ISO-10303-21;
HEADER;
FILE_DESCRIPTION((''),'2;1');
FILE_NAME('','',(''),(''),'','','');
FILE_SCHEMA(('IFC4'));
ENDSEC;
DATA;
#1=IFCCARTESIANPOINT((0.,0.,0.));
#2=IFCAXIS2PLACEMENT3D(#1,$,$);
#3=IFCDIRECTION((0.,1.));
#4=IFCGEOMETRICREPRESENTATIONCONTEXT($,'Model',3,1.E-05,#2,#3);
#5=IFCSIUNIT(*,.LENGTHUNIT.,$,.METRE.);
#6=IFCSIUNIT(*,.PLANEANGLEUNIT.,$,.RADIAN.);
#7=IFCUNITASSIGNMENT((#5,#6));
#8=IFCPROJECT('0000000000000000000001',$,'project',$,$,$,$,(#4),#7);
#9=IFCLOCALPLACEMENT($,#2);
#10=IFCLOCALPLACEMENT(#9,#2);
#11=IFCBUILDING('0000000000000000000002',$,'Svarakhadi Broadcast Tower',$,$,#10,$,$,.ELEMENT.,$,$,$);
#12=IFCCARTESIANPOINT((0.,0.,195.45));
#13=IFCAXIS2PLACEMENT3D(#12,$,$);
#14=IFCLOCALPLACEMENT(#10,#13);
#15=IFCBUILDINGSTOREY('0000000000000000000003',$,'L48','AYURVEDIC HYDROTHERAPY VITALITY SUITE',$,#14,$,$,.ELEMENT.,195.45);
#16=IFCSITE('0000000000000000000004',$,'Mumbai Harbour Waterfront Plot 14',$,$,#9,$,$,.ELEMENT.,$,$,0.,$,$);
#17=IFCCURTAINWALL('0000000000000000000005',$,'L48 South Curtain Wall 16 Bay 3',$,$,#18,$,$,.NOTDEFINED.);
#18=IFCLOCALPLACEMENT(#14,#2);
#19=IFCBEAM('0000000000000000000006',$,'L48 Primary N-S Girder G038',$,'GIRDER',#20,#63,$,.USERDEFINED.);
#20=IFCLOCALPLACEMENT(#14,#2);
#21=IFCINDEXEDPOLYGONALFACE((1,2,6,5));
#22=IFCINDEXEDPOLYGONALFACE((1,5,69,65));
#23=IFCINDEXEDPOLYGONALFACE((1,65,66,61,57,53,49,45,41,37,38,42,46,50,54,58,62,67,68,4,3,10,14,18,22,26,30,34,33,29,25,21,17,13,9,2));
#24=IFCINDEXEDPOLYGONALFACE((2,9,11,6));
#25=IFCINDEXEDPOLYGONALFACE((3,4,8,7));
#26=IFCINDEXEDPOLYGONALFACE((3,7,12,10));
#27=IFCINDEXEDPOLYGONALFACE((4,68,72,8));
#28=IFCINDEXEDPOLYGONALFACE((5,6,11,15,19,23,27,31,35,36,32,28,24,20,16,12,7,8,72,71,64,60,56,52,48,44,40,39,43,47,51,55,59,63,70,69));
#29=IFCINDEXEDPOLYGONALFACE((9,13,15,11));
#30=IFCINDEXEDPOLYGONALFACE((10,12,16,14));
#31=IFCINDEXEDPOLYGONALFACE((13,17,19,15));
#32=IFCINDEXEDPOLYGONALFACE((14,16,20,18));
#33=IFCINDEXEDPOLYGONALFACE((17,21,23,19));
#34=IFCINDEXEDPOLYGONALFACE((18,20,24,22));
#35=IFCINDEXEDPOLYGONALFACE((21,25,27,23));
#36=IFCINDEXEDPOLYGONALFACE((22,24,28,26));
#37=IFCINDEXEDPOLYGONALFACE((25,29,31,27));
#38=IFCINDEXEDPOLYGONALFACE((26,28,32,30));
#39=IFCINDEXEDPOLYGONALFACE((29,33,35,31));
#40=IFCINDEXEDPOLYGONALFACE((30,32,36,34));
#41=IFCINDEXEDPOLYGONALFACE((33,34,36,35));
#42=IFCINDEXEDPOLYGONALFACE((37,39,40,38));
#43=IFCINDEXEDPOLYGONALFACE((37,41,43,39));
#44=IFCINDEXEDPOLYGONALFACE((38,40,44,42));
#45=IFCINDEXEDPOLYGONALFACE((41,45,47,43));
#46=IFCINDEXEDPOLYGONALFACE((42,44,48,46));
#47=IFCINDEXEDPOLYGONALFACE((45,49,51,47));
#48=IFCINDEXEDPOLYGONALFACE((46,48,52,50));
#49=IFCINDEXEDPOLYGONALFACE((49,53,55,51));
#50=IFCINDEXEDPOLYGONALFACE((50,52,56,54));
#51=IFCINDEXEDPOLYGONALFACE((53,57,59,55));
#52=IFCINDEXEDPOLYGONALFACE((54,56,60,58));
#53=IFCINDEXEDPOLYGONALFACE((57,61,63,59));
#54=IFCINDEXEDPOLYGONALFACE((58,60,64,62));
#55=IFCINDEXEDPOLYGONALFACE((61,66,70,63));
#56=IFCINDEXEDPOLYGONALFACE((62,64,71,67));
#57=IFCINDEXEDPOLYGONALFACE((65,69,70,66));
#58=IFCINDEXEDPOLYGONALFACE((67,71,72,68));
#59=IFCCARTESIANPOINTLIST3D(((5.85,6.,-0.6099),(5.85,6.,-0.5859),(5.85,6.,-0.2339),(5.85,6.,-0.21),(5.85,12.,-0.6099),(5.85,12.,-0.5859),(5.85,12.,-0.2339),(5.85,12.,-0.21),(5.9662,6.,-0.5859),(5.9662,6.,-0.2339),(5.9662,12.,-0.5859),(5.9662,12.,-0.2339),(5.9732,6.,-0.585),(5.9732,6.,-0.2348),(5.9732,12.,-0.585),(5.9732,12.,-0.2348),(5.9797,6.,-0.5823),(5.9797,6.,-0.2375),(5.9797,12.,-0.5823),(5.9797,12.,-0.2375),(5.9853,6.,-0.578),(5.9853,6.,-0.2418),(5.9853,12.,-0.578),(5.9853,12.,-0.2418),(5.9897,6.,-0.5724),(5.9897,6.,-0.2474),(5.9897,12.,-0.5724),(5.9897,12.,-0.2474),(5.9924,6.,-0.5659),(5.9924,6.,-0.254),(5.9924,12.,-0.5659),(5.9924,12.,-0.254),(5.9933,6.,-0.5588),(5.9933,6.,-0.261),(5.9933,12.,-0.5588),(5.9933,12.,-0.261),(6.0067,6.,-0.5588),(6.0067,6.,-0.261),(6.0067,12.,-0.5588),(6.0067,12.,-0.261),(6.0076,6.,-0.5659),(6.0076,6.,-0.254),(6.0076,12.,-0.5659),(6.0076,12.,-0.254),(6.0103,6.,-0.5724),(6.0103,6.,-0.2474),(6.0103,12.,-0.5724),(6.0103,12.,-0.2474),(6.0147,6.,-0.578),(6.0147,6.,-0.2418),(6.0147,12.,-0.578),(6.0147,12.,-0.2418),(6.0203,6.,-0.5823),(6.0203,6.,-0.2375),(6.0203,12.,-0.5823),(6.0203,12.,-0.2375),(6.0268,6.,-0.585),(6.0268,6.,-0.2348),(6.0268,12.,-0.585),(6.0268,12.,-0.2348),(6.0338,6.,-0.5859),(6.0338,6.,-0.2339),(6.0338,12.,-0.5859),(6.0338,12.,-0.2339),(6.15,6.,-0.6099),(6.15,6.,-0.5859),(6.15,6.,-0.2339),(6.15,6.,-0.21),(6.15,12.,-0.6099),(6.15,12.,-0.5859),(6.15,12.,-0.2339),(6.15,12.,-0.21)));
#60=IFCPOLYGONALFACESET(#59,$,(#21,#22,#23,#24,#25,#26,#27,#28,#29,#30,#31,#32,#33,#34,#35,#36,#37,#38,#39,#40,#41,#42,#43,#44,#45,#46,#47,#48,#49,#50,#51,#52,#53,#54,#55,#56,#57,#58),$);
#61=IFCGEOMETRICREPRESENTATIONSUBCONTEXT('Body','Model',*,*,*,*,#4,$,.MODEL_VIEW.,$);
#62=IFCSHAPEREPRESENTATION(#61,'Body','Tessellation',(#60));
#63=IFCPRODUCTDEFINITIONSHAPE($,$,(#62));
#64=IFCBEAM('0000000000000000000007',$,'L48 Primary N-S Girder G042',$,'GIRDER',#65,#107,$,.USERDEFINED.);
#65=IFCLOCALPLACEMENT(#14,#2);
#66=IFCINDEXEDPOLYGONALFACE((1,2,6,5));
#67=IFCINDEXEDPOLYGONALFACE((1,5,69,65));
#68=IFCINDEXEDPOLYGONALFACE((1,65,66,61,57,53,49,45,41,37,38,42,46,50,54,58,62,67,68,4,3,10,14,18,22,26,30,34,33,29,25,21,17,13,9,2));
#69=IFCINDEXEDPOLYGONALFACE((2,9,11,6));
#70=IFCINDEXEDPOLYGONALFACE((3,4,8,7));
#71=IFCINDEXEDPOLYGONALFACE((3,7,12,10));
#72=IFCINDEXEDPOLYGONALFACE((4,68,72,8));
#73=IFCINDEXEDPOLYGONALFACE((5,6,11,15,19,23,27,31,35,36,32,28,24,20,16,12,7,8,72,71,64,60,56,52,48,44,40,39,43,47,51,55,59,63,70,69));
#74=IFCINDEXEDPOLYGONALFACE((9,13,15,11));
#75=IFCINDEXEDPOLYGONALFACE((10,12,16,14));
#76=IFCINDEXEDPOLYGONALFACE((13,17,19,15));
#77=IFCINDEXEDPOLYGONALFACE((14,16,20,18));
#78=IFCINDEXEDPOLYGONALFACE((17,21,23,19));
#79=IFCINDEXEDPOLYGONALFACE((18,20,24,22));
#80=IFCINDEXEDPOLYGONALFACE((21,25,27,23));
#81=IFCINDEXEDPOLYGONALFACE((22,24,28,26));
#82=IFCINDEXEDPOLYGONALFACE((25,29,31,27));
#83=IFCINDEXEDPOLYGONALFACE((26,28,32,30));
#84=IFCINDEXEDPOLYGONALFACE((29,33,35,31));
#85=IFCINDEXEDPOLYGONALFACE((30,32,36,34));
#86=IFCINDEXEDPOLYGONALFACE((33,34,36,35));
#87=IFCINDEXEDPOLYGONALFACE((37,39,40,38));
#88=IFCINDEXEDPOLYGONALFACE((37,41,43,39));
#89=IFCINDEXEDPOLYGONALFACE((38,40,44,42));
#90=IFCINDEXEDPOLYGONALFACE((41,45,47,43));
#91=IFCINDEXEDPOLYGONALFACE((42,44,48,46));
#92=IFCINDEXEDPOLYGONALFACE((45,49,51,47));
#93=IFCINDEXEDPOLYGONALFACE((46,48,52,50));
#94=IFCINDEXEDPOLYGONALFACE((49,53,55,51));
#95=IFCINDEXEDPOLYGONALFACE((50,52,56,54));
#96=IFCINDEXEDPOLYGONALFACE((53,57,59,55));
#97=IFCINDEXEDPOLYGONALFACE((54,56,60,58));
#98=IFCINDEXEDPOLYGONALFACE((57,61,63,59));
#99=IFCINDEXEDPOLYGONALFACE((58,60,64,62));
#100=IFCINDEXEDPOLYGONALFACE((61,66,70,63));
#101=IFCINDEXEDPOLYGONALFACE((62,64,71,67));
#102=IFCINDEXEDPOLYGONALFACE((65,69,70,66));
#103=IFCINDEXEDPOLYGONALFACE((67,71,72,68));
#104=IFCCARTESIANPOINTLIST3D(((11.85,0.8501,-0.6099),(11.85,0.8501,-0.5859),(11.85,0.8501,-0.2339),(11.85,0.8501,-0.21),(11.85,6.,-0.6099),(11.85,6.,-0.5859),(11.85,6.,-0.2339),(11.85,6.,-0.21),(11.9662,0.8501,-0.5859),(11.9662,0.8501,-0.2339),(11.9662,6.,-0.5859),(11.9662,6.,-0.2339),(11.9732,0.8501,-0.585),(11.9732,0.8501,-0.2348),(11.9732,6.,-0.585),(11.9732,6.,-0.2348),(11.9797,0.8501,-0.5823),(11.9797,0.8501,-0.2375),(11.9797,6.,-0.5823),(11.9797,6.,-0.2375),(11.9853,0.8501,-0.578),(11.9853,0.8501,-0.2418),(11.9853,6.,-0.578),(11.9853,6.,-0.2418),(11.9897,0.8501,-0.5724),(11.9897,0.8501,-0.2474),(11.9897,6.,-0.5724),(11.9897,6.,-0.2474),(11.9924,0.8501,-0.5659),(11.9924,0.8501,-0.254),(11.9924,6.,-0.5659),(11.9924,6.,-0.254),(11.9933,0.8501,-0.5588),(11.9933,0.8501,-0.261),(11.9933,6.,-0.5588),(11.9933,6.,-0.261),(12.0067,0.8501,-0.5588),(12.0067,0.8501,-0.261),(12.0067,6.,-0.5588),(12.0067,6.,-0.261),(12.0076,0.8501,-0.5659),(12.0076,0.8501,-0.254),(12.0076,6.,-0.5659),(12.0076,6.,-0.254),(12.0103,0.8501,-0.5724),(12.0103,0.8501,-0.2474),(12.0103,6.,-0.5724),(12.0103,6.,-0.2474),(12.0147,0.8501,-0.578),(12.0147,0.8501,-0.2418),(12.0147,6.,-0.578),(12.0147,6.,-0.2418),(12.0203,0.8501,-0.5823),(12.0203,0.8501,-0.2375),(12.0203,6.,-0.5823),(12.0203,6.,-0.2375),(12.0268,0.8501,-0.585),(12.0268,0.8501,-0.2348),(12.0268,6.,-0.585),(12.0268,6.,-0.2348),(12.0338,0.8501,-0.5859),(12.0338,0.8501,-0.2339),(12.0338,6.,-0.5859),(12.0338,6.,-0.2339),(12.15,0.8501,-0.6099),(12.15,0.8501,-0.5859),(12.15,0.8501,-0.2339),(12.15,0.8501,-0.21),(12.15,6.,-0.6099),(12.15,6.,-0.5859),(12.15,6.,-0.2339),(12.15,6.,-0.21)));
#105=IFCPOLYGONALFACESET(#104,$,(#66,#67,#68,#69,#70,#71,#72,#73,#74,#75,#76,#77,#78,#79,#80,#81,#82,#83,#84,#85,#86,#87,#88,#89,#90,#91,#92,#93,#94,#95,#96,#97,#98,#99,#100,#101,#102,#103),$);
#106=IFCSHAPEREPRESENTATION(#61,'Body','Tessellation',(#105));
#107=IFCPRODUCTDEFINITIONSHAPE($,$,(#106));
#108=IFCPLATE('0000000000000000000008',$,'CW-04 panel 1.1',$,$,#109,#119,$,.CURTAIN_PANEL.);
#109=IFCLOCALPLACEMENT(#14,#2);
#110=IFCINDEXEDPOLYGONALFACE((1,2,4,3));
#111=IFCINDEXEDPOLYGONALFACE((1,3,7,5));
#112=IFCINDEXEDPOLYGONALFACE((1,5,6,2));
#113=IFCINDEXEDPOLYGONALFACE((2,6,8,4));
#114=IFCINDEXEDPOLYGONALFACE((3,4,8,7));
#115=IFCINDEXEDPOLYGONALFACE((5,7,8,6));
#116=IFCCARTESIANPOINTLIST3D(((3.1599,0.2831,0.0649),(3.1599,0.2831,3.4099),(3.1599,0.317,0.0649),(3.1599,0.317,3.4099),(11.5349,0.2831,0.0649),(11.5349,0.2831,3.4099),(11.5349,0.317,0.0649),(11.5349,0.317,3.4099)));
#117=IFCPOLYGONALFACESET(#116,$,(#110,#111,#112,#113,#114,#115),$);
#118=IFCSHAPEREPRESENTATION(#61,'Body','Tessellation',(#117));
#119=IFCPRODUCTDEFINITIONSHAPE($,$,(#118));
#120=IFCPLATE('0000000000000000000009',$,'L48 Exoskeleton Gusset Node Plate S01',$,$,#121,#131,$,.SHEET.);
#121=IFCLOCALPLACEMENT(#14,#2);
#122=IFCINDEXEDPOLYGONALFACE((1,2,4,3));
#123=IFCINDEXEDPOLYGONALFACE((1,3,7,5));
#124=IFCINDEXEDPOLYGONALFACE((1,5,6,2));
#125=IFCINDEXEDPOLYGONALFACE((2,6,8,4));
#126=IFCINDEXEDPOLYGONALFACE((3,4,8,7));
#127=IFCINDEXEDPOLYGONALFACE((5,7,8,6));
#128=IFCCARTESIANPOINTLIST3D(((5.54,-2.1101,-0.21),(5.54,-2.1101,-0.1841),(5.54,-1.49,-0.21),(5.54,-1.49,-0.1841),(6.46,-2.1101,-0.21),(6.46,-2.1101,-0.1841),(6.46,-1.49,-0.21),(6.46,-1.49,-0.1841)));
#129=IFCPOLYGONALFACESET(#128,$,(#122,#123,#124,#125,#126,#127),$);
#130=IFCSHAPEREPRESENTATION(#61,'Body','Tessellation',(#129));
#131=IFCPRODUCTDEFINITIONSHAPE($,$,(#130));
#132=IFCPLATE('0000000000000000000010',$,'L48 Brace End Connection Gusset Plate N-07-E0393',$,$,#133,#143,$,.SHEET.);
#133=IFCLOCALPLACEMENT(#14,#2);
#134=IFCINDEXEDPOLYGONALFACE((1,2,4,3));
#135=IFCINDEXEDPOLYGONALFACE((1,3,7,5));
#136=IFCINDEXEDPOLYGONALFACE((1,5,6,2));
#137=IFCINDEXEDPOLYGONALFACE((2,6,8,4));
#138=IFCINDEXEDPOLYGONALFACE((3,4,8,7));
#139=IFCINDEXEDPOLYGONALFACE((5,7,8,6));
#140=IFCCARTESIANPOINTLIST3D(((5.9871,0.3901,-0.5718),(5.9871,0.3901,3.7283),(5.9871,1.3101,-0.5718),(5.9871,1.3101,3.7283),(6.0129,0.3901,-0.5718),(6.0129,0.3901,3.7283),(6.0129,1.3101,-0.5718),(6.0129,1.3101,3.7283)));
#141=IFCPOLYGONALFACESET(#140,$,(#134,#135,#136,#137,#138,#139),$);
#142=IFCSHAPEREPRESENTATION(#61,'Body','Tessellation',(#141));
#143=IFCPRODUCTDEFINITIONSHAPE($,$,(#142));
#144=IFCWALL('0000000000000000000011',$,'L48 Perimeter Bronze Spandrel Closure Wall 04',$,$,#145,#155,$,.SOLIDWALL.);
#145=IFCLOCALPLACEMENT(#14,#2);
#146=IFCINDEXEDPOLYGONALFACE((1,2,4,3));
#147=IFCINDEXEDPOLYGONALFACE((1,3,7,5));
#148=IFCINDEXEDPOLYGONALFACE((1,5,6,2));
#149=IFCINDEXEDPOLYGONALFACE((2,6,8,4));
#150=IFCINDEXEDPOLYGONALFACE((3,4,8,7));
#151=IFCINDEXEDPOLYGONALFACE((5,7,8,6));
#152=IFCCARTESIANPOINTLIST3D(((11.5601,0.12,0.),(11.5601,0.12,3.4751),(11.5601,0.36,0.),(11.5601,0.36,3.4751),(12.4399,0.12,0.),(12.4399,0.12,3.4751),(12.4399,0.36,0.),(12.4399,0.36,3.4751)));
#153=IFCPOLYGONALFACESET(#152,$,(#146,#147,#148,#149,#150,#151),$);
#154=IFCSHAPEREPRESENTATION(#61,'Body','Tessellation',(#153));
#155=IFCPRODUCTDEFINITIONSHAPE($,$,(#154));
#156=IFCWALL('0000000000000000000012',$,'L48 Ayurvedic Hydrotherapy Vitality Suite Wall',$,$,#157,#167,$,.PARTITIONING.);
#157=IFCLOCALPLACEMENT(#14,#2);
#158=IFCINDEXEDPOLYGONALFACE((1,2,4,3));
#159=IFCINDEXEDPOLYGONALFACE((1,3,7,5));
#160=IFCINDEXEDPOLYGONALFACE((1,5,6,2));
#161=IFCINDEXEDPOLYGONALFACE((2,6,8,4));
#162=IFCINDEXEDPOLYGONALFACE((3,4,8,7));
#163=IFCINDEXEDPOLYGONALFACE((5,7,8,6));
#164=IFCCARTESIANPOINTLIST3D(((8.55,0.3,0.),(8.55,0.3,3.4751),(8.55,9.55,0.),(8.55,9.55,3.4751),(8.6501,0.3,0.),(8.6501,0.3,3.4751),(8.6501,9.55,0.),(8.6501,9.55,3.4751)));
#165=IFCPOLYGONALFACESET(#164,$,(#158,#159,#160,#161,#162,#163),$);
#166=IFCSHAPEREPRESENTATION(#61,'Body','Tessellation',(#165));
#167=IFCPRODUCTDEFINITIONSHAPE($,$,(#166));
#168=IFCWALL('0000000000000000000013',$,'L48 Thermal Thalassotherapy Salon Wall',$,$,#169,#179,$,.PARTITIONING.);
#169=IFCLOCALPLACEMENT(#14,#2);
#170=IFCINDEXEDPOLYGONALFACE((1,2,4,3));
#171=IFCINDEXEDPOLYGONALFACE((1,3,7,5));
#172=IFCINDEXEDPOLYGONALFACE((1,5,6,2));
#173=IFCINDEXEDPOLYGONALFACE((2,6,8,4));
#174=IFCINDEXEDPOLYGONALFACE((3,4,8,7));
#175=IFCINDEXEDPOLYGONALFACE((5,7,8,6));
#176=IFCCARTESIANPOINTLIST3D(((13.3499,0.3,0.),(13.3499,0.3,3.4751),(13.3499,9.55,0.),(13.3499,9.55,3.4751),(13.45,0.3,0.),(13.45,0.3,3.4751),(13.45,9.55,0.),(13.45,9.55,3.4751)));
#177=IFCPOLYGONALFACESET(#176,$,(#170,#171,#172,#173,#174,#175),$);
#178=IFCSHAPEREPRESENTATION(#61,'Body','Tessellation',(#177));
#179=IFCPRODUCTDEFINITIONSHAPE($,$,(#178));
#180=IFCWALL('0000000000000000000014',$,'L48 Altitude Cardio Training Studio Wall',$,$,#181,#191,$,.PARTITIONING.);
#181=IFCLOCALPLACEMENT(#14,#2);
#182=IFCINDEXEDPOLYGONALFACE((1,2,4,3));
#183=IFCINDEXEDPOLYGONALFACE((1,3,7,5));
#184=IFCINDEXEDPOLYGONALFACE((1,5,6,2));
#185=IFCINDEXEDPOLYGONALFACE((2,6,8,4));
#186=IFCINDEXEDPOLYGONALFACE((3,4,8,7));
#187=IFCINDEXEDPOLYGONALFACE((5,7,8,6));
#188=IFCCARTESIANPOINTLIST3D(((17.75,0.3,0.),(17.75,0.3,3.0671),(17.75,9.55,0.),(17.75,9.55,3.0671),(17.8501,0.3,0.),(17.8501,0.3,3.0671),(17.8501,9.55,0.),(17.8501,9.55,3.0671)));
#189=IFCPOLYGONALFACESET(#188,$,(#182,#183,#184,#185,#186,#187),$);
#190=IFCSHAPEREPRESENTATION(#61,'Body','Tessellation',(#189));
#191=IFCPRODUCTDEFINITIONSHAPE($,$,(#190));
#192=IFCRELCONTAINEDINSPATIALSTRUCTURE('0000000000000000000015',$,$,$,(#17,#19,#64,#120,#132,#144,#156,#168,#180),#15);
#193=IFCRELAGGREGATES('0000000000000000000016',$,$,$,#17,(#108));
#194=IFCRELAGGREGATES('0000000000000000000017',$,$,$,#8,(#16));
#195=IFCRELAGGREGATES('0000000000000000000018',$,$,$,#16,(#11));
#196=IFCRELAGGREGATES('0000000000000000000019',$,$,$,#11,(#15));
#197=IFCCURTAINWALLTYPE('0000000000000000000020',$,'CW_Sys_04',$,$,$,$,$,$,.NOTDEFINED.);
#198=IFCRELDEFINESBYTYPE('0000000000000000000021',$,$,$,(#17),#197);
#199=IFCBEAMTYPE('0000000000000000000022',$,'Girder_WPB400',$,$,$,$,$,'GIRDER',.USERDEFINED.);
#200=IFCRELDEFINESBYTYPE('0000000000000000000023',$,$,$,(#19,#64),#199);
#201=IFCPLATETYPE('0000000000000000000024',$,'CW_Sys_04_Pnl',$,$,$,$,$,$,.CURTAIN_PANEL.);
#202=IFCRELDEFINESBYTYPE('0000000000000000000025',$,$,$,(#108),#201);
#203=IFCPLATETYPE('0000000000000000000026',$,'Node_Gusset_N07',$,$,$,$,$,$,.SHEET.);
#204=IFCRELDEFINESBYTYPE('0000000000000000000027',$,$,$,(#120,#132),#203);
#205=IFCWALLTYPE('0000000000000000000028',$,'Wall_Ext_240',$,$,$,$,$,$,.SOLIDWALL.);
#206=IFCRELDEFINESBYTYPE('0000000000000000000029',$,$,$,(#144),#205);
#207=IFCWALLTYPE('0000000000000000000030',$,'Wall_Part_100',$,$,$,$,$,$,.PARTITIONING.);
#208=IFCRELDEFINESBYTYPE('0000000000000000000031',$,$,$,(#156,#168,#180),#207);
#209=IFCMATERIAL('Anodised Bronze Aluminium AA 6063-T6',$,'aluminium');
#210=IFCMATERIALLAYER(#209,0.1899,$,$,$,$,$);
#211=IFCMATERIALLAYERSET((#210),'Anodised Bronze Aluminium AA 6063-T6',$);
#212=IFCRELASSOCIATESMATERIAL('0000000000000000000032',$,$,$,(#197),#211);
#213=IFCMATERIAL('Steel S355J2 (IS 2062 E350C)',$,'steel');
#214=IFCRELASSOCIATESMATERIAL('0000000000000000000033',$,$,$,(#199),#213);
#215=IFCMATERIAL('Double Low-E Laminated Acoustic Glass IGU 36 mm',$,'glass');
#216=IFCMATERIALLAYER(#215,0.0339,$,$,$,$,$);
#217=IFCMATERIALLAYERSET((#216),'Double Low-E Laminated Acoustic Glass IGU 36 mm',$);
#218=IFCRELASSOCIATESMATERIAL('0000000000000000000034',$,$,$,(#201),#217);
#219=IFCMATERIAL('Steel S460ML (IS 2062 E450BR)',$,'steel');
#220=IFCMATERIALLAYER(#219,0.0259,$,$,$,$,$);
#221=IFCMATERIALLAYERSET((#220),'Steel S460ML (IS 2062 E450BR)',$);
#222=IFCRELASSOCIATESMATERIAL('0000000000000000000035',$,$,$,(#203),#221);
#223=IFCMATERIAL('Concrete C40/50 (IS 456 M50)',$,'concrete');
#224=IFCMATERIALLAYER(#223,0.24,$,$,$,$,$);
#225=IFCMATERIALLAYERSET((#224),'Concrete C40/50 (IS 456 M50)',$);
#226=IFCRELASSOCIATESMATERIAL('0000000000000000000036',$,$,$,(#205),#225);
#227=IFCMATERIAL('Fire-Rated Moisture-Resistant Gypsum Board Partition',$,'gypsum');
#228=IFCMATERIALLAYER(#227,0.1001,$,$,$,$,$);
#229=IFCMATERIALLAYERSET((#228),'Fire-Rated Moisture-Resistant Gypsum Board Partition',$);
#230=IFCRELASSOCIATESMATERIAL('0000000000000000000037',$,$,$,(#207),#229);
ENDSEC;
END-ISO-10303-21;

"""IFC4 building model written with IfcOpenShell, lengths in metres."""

from ifc_helpers import new_model, si_unit, direction, frame, frame_2d, origin, origin_2d, place, context, subcontext, project, spatial, rectangle, i_section, extrude, material, layer, layer_set, material_profile, profile_set, type_object, element, aggregate, save


model = new_model("IFC4")

# Units and contexts
model_context = context("Model", 3, precision=1e-05, world=origin(), true_north=direction((0.0, 1.0)))
body_context = subcontext(model_context, "Body", "Model", "MODEL_VIEW")
ifc_project = project(units=[si_unit("LENGTHUNIT", "METRE"), si_unit("PLANEANGLEUNIT", "RADIAN")], contexts=[model_context])

# Site, building, storey
site_placement = place(None, origin())
site = spatial("IfcSite", under=ifc_project, at=site_placement, Name="Mumbai Harbour Waterfront Plot 14", CompositionType="ELEMENT", RefElevation=0.0)
building_placement = place(site_placement, origin())
building = spatial("IfcBuilding", under=site, at=building_placement, Name="Svarakhadi Broadcast Tower", CompositionType="ELEMENT")
storey_placement = place(building_placement, frame((0.0, 0.0, 195.45)))
storey = spatial("IfcBuildingStorey", under=building, at=storey_placement, Name="L48", Description="AYURVEDIC HYDROTHERAPY VITALITY SUITE", CompositionType="ELEMENT", Elevation=195.45)

# Shared definitions
ifc_material_1 = material(Name="Steel S460ML (IS 2062 E450BR)", Category="steel")

# Shared definitions
ifc_material_2 = material(Name="Steel S355J2 (IS 2062 E350C)", Category="steel")

# Shared definitions
ifc_material_3 = material(Name="Anodised Bronze Aluminium AA 6063-T6", Category="aluminium")
ifc_layer_1 = layer(ifc_material_3, 0.1899)
ifc_layer_set_1 = layer_set([ifc_layer_1], Name="Anodised Bronze Aluminium AA 6063-T6")
curtain_wall_type = type_object("IfcCurtainWallType", Name="CW_Sys_04", PredefinedType="NOTDEFINED", material=ifc_layer_set_1)

# Curtain wall
curtain_wall_1_placement = place(storey_placement, origin())
curtain_wall_1 = element("IfcCurtainWall", 1, at=curtain_wall_1_placement, inside=storey, type_object=curtain_wall_type, Name="L48 South Curtain Wall 16 Bay 3", PredefinedType="NOTDEFINED")

# Beams
ifc_material_profile_1 = material_profile(ifc_material_2, i_section(OverallWidth=0.3, OverallDepth=0.3999, WebThickness=0.0134, FlangeThickness=0.0239, FilletRadius=0.0271, at=origin_2d()), Name="WPB 400x300x155")
ifc_profile_set_1 = profile_set([ifc_material_profile_1], Name="Steel S355J2 (IS 2062 E350C)")
beam_type_1 = type_object("IfcBeamType", Name="Girder_WPB400", ElementType="GIRDER", PredefinedType="USERDEFINED", material=ifc_profile_set_1)
beam_1_placement = place(storey_placement, frame((6.0, 6.0, -0.4099), z_axis=(0.0, 1.0, 0.0), x_axis=(-1.0, 0.0, 0.0)))
element("IfcBeam", 2, at=beam_1_placement, inside=storey, type_object=beam_type_1, Name="L48 Primary N-S Girder G038", ObjectType="GIRDER", PredefinedType="USERDEFINED", context=body_context, shape_type="SweptSolid", body=[
    extrude(i_section(OverallWidth=0.3, OverallDepth=0.3999, WebThickness=0.0134, FlangeThickness=0.0239, FilletRadius=0.0271, at=origin_2d()), origin(), (0.0, 0.0, 1.0), 6.0),
])
beam_2_placement = place(storey_placement, frame((12.0, 0.8501, -0.4099), z_axis=(0.0, 1.0, 0.0), x_axis=(-1.0, 0.0, 0.0)))
element("IfcBeam", 3, at=beam_2_placement, inside=storey, type_object=beam_type_1, Name="L48 Primary N-S Girder G042", ObjectType="GIRDER", PredefinedType="USERDEFINED", context=body_context, shape_type="SweptSolid", body=[
    extrude(i_section(OverallWidth=0.3, OverallDepth=0.3999, WebThickness=0.0134, FlangeThickness=0.0239, FilletRadius=0.0271, at=origin_2d()), origin(), (0.0, 0.0, 1.0), 5.1499),
])

# Plate
ifc_material_4 = material(Name="Double Low-E Laminated Acoustic Glass IGU 36 mm", Category="glass")
ifc_layer_2 = layer(ifc_material_4, 0.0339)
ifc_layer_set_2 = layer_set([ifc_layer_2], Name="Double Low-E Laminated Acoustic Glass IGU 36 mm")
plate_type_1 = type_object("IfcPlateType", Name="CW_Sys_04_Pnl", PredefinedType="CURTAIN_PANEL", material=ifc_layer_set_2)
plate_1_placement = place(storey_placement, frame((7.3474, 0.3, 0.0649), z_axis=(0.0, 0.0, 1.0), x_axis=(-1.0, 0.0, 0.0)))
plate_1 = element("IfcPlate", 4, at=plate_1_placement, type_object=plate_type_1, Name="CW-04 panel 1.1", PredefinedType="CURTAIN_PANEL", context=body_context, shape_type="SweptSolid", body=[
    extrude(rectangle(XDim=8.375, YDim=0.0339, at=origin_2d()), origin(), (0.0, 0.0, 1.0), 3.345),
])
aggregate(curtain_wall_1, [plate_1])

# Plates
ifc_layer_3 = layer(ifc_material_1, 0.0259)
ifc_layer_set_3 = layer_set([ifc_layer_3], Name="Steel S460ML (IS 2062 E450BR)")
plate_type_2 = type_object("IfcPlateType", Name="Node_Gusset_N07", PredefinedType="SHEET", material=ifc_layer_set_3)
plate_2_placement = place(storey_placement, frame((6.0, -1.8, -0.21), z_axis=(0.0, 0.0, 1.0), x_axis=(1.0, 0.0, 0.0)))
element("IfcPlate", 5, at=plate_2_placement, inside=storey, type_object=plate_type_2, Name="L48 Exoskeleton Gusset Node Plate S01", PredefinedType="SHEET", context=body_context, shape_type="SweptSolid", body=[
    extrude(rectangle(XDim=0.9199, YDim=0.6201, at=origin_2d()), origin(), (0.0, 0.0, 1.0), 0.0259),
])
plate_3_placement = place(storey_placement, frame((6.0, 0.8501, -0.5718), z_axis=(0.0, 0.0, 1.0), x_axis=(0.0, 1.0, 0.0)))
element("IfcPlate", 6, at=plate_3_placement, inside=storey, type_object=plate_type_2, Name="L48 Brace End Connection Gusset Plate N-07-E0393", PredefinedType="SHEET", context=body_context, shape_type="SweptSolid", body=[
    extrude(rectangle(XDim=0.9199, YDim=0.0259, at=origin_2d()), origin(), (0.0, 0.0, 1.0), 4.3),
])

# Walls
ifc_material_5 = material(Name="Concrete C40/50 (IS 456 M50)", Category="concrete")
ifc_layer_4 = layer(ifc_material_5, 0.24)
ifc_layer_set_4 = layer_set([ifc_layer_4], Name="Concrete C40/50 (IS 456 M50)")
wall_type_1 = type_object("IfcWallType", Name="Wall_Ext_240", PredefinedType="SOLIDWALL", material=ifc_layer_set_4)
wall_1_placement = place(storey_placement, frame((12.4399, 0.24, 0.0), z_axis=(0.0, 0.0, 1.0), x_axis=(-1.0, 0.0, 0.0)))
element("IfcWall", 7, at=wall_1_placement, inside=storey, type_object=wall_type_1, Name="L48 Perimeter Bronze Spandrel Closure Wall 04", PredefinedType="SOLIDWALL", context=body_context, shape_type="SweptSolid", body=[
    extrude(rectangle(XDim=0.8799, YDim=0.24, at=frame_2d((0.4399, 0.0))), origin(), (0.0, 0.0, 1.0), 3.4751),
])
ifc_material_6 = material(Name="Fire-Rated Moisture-Resistant Gypsum Board Partition", Category="gypsum")
ifc_layer_5 = layer(ifc_material_6, 0.1001)
ifc_layer_set_5 = layer_set([ifc_layer_5], Name="Fire-Rated Moisture-Resistant Gypsum Board Partition")
wall_type_2 = type_object("IfcWallType", Name="Wall_Part_100", PredefinedType="PARTITIONING", material=ifc_layer_set_5)
for number, where, z_axis, x_axis, name in (
    (8, (8.6001, 0.3, 0.0), (0.0, 0.0, 1.0), (0.0, 1.0, 0.0), "L48 Ayurvedic Hydrotherapy Vitality Suite Wall"),
    (9, (13.3999, 0.3, 0.0), (0.0, 0.0, 1.0), (0.0, 1.0, 0.0), "L48 Thermal Thalassotherapy Salon Wall"),
):
    element("IfcWall", number, at=place(storey_placement, frame(where, z_axis=z_axis, x_axis=x_axis)), inside=storey, type_object=wall_type_2, Name=name, PredefinedType="PARTITIONING", context=body_context, shape_type="SweptSolid", body=[
        extrude(rectangle(XDim=9.25, YDim=0.1001, at=frame_2d((4.625, 0.0))), origin(), (0.0, 0.0, 1.0), 3.4751),
    ])
wall_2_placement = place(storey_placement, frame((17.8, 0.3, 0.0), z_axis=(0.0, 0.0, 1.0), x_axis=(0.0, 1.0, 0.0)))
element("IfcWall", 10, at=wall_2_placement, inside=storey, type_object=wall_type_2, Name="L48 Altitude Cardio Training Studio Wall", PredefinedType="PARTITIONING", context=body_context, shape_type="SweptSolid", body=[
    extrude(rectangle(XDim=9.25, YDim=0.1001, at=frame_2d((4.625, 0.0))), origin(), (0.0, 0.0, 1.0), 3.0671),
])

save(model, "model.ifc")
